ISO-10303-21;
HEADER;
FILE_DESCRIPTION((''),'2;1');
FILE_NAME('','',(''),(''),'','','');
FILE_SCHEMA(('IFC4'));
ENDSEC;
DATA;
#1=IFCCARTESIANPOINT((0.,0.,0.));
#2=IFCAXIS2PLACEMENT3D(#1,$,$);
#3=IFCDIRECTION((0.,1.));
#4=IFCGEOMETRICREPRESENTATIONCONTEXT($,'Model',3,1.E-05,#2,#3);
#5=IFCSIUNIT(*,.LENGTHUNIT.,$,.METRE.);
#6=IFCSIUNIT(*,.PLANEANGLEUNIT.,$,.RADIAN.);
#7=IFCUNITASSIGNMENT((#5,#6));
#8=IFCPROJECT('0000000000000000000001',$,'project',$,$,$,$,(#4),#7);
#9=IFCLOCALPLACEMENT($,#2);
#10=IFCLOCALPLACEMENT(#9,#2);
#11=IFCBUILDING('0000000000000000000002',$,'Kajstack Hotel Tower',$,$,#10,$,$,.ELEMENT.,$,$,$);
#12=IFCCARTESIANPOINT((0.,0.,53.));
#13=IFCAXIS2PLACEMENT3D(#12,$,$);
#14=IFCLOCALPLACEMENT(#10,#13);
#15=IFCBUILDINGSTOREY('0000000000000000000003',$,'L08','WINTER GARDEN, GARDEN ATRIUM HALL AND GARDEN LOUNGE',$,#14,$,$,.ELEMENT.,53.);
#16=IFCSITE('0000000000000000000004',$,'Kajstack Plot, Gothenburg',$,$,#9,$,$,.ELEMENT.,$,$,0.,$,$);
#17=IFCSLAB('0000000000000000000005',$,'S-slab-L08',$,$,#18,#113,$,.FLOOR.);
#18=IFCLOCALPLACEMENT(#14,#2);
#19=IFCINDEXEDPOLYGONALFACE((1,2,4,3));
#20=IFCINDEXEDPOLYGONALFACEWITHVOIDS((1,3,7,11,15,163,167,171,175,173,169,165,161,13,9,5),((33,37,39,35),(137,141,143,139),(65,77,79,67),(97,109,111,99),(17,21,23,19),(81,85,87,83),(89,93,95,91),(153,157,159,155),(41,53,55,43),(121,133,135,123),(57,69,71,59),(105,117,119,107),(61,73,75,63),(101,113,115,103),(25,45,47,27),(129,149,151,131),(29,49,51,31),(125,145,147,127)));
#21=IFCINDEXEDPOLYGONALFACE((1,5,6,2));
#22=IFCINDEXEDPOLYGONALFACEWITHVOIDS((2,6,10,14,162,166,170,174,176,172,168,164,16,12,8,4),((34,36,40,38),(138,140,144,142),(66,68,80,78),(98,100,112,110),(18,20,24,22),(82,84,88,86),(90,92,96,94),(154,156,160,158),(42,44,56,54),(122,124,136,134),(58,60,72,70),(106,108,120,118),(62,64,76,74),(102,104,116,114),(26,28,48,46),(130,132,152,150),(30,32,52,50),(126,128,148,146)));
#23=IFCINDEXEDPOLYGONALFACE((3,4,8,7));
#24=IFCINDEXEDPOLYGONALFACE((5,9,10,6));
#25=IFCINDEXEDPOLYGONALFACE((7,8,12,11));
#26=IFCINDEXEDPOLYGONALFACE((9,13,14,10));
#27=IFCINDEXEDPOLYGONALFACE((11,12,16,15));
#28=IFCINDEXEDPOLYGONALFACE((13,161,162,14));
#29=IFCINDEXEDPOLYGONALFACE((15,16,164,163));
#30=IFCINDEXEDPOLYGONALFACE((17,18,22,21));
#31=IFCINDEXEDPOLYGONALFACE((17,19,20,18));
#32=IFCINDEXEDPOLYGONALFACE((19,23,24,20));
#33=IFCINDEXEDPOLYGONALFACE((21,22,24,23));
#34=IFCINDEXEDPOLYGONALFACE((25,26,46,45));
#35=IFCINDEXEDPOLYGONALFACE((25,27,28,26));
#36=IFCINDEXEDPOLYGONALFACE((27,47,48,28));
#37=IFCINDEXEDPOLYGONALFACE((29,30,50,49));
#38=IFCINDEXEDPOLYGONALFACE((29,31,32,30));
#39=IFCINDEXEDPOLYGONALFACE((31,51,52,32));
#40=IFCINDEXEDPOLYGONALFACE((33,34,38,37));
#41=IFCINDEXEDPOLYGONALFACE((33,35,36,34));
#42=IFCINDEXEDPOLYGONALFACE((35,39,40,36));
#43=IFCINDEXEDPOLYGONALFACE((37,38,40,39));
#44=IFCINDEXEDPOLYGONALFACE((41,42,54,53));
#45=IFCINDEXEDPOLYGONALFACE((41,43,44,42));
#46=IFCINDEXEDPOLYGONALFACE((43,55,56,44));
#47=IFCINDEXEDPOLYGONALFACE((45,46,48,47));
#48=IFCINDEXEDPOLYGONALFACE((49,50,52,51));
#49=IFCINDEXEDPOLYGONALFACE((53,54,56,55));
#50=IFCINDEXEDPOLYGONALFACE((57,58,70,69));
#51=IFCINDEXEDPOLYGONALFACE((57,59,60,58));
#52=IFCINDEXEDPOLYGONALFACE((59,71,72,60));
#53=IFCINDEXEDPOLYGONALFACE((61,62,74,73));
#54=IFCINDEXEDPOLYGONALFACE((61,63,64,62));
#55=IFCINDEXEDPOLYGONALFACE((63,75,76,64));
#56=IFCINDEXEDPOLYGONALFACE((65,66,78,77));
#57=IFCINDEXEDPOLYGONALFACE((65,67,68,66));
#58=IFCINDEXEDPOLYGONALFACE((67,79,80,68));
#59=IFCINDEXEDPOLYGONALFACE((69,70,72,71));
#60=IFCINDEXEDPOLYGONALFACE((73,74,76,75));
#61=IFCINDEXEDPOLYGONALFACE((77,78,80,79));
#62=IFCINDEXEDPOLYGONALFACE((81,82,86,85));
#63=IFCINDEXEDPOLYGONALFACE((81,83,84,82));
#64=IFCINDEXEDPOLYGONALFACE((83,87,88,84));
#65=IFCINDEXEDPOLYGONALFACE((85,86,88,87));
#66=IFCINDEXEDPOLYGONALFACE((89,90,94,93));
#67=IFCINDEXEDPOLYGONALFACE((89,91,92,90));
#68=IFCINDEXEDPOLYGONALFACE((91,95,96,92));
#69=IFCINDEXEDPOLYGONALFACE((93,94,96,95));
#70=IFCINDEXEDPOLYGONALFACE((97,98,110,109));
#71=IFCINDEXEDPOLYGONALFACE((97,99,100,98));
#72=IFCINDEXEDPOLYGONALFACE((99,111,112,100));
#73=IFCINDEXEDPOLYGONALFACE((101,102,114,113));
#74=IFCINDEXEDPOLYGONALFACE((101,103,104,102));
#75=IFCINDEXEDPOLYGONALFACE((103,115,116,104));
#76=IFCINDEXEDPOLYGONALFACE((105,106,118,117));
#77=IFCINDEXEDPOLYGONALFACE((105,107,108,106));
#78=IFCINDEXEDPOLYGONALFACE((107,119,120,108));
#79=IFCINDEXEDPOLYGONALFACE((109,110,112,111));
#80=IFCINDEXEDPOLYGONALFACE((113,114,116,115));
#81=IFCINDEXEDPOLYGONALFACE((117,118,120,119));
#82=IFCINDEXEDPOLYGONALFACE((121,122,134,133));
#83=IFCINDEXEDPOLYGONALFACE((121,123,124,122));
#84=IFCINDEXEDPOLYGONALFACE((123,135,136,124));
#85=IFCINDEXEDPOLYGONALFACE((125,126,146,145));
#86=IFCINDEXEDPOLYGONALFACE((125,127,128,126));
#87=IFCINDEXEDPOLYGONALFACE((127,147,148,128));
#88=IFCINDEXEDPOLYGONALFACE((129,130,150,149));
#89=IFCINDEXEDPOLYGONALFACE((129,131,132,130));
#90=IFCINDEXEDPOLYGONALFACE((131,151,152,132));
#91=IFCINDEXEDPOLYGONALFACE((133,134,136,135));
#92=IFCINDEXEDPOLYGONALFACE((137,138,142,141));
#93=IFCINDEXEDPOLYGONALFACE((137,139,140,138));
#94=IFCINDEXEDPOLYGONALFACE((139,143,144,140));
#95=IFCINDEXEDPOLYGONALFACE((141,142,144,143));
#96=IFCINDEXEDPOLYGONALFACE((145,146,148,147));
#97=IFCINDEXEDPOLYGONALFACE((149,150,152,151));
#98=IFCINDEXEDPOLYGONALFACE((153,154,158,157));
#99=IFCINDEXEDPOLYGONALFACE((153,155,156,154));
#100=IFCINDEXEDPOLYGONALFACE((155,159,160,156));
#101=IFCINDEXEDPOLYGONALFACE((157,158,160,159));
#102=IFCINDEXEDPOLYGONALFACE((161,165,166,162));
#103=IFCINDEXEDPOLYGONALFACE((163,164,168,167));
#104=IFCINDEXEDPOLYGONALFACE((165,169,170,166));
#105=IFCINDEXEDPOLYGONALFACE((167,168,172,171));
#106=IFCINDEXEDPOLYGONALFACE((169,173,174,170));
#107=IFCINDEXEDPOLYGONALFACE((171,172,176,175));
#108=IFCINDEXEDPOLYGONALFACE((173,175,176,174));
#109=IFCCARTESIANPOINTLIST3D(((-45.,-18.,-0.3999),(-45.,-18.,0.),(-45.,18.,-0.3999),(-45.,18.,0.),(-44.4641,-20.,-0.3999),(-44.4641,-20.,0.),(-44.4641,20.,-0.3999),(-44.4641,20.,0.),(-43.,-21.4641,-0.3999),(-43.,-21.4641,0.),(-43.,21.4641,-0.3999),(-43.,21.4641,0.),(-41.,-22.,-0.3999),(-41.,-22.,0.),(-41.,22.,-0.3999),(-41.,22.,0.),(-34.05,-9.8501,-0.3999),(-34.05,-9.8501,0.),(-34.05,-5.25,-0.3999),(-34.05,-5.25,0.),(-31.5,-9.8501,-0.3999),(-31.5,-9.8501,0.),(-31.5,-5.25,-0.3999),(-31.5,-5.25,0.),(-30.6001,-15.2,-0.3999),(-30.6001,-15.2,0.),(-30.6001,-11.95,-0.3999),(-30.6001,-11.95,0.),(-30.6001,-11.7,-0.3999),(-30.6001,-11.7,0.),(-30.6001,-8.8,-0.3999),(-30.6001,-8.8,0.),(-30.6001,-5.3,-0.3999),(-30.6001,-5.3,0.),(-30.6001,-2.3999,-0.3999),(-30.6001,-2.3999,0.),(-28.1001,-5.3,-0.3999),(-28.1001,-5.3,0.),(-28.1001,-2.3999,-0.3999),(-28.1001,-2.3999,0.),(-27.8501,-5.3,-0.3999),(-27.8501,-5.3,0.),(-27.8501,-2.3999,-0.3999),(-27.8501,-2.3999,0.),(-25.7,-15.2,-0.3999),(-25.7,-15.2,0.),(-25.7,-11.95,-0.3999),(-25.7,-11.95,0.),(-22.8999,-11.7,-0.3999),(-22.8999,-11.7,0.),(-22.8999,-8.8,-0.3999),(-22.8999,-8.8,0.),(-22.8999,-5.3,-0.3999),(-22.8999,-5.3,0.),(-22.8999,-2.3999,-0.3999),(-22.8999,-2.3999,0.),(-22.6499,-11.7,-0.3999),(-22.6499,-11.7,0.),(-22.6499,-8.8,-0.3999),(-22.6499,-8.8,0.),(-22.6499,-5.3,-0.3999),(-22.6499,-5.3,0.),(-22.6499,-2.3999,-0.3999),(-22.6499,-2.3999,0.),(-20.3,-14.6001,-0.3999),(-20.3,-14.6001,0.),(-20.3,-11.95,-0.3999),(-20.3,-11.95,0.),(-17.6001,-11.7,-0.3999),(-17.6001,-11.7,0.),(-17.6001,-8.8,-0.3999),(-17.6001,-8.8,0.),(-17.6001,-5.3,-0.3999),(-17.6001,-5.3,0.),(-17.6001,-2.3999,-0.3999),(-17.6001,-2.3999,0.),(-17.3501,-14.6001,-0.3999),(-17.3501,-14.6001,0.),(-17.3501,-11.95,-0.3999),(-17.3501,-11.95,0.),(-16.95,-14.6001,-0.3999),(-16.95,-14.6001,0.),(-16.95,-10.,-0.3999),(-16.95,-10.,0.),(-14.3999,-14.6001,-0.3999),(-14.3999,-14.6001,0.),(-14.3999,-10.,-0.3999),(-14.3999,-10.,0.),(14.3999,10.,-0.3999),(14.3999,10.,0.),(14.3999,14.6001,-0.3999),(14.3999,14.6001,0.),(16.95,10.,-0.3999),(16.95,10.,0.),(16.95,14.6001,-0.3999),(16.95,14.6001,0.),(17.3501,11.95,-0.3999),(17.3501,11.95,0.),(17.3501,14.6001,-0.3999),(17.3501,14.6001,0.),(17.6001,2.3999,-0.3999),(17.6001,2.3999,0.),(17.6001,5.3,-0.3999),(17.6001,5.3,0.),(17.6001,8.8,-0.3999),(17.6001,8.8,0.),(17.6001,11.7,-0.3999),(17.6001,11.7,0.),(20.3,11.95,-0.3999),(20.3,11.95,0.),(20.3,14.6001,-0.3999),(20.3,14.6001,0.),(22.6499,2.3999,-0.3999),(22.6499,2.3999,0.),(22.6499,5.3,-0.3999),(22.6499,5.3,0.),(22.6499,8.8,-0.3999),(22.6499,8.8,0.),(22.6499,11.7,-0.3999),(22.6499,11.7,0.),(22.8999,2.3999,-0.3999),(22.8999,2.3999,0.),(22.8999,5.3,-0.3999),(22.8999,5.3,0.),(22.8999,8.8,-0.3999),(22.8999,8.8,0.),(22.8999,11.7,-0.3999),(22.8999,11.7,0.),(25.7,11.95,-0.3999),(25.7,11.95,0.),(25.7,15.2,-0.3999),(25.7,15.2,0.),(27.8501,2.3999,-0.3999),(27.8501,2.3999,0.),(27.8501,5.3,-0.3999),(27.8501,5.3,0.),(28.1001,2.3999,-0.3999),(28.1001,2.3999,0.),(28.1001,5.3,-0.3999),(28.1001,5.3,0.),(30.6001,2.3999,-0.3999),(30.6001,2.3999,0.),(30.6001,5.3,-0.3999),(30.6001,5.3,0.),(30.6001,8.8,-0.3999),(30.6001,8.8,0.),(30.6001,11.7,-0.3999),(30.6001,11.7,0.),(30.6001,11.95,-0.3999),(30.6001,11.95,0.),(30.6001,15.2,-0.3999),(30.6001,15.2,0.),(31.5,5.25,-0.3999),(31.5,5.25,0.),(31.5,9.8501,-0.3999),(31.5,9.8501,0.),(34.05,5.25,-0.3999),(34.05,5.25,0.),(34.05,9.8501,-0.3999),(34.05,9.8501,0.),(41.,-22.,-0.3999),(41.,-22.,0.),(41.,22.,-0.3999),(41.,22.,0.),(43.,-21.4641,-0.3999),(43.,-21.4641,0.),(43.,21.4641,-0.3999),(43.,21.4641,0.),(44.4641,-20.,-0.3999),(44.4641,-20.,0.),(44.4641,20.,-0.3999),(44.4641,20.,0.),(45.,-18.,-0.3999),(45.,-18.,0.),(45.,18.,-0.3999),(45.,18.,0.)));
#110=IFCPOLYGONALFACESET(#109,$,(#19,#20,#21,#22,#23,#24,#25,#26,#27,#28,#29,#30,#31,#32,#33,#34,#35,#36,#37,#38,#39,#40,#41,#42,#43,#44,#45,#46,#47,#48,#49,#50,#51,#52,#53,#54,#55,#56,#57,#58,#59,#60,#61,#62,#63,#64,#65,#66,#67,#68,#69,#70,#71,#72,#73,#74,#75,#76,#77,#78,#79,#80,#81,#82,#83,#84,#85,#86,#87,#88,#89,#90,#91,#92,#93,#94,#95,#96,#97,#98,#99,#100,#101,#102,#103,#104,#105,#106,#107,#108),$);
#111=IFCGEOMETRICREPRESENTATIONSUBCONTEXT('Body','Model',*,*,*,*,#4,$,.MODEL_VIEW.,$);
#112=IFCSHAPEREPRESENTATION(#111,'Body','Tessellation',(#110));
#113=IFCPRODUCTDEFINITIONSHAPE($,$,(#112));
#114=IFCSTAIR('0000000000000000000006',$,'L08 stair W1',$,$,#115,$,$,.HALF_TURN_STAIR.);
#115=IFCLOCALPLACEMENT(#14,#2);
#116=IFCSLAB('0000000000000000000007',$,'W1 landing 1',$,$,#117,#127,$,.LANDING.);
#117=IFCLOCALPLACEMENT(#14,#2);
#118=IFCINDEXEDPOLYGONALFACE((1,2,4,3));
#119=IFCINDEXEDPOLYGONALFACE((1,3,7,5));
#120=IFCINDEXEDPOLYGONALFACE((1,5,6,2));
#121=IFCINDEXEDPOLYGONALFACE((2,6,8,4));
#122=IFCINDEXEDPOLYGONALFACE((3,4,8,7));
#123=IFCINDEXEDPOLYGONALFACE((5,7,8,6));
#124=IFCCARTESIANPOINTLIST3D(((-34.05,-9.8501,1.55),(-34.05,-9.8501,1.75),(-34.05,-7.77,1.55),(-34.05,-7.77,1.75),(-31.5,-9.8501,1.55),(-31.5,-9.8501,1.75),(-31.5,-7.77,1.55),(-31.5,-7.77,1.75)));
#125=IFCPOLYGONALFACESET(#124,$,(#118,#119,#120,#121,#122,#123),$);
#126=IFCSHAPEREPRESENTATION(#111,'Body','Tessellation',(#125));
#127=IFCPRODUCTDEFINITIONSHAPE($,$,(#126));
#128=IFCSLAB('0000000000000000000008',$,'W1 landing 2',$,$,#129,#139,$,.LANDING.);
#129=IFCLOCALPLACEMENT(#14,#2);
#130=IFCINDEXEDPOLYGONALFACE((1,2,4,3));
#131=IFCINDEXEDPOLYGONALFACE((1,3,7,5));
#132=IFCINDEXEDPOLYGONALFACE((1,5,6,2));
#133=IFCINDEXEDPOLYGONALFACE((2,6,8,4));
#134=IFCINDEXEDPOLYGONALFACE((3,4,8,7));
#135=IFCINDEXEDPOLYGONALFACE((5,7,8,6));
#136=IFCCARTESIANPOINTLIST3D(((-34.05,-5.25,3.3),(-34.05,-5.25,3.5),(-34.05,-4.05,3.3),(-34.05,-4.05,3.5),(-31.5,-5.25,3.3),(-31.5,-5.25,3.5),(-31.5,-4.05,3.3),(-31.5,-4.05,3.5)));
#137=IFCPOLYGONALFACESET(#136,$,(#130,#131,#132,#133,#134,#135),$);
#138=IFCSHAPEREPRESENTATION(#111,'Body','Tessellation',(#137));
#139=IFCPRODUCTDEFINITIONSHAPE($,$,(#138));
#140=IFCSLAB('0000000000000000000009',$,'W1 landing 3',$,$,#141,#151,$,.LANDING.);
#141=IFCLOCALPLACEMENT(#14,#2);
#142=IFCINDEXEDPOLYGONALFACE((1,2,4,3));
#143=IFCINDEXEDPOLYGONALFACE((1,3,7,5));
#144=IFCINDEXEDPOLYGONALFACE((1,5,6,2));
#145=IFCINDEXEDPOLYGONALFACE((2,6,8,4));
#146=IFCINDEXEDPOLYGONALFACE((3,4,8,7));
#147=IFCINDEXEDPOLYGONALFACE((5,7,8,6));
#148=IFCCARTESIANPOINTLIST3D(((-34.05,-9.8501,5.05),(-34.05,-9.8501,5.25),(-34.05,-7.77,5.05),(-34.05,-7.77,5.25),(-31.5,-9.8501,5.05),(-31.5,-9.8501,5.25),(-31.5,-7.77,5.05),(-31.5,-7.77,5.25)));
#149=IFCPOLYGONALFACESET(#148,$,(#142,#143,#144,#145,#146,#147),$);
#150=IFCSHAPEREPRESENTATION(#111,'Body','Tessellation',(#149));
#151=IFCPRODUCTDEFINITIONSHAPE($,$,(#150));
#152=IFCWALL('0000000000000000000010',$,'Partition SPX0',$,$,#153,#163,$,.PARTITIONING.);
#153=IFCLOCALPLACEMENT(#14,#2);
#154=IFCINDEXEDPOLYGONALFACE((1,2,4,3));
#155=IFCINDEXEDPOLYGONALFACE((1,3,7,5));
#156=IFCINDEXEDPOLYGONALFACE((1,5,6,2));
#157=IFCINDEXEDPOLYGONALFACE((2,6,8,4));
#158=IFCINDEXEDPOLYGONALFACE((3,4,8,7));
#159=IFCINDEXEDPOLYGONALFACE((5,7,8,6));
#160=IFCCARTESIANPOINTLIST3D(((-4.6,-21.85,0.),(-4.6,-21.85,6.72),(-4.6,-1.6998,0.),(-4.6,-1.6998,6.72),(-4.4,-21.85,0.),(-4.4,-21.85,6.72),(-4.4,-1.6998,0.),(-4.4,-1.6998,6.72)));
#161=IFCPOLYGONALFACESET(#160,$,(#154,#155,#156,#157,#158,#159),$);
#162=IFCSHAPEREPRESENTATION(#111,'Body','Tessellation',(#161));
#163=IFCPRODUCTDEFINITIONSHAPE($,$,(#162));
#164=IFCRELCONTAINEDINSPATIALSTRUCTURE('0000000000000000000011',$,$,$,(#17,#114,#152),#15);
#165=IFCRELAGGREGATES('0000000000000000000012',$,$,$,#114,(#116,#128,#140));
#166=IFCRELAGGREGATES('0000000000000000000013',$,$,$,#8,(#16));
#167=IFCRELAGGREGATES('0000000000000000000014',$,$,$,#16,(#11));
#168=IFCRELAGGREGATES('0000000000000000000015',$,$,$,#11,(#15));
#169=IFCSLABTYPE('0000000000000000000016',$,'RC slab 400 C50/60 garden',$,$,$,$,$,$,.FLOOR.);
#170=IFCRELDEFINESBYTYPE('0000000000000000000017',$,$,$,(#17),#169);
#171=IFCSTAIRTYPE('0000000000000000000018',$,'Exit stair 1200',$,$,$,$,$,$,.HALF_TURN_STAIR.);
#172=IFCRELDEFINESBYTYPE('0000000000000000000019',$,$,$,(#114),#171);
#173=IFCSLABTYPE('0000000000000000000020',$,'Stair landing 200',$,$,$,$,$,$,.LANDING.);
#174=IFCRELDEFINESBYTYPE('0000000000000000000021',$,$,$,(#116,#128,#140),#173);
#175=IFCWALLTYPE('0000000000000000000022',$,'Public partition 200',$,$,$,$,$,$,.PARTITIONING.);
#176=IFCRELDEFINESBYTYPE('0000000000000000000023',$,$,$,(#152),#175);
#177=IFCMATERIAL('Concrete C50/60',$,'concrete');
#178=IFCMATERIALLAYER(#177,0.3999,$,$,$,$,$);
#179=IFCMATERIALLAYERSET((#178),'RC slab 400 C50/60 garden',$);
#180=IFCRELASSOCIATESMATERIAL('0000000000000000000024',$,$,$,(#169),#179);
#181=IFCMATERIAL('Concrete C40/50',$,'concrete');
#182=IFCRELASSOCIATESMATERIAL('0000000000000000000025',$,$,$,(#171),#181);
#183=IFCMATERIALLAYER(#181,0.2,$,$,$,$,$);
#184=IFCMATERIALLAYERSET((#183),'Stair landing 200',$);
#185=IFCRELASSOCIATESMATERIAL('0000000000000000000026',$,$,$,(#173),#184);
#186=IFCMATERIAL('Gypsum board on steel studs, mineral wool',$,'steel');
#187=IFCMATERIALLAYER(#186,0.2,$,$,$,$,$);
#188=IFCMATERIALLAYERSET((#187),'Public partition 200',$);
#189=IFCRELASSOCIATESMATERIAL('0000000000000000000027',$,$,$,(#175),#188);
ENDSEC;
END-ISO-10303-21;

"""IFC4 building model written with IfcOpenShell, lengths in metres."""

from ifc_helpers import new_model, si_unit, direction, frame, frame_2d, origin, place, context, subcontext, project, spatial, polyline, rectangle, outline, extrude, material, layer, layer_set, type_object, element, aggregate, save


model = new_model("IFC4")

# Units and contexts
model_context = context("Model", 3, precision=1e-05, world=origin(), true_north=direction((0.0, 1.0)))
body_context = subcontext(model_context, "Body", "Model", "MODEL_VIEW")
ifc_project = project(units=[si_unit("LENGTHUNIT", "METRE"), si_unit("PLANEANGLEUNIT", "RADIAN")], contexts=[model_context])

# Site, building, storey
site_placement = place(None, origin())
site = spatial("IfcSite", under=ifc_project, at=site_placement, Name="Kajstack Plot, Gothenburg", CompositionType="ELEMENT", RefElevation=0.0)
building_placement = place(site_placement, origin())
building = spatial("IfcBuilding", under=site, at=building_placement, Name="Kajstack Hotel Tower", CompositionType="ELEMENT")
storey_placement = place(building_placement, frame((0.0, 0.0, 53.0)))
storey = spatial("IfcBuildingStorey", under=building, at=storey_placement, Name="L08", Description="WINTER GARDEN, GARDEN ATRIUM HALL AND GARDEN LOUNGE", CompositionType="ELEMENT", Elevation=53.0)

# Slab
ifc_material_1 = material(Name="Concrete C50/60", Category="concrete")
ifc_layer_1 = layer(ifc_material_1, 0.3999)
ifc_layer_set_1 = layer_set([ifc_layer_1], Name="RC slab 400 C50/60 garden")
slab_type_1 = type_object("IfcSlabType", Name="RC slab 400 C50/60 garden", PredefinedType="FLOOR", material=ifc_layer_set_1)
slab_1_placement = place(storey_placement, frame((0.0, 0.0, -0.3999)))
element("IfcSlab", 1, at=slab_1_placement, inside=storey, type_object=slab_type_1, Name="S-slab-L08", PredefinedType="FLOOR", context=body_context, shape_type="SweptSolid", body=[
    extrude(outline(polyline([(-45.0, -18.0), (-44.4641, -20.0), (-43.0, -21.4641), (-41.0, -22.0), (41.0, -22.0), (43.0, -21.4641), (44.4641, -20.0), (45.0, -18.0), (45.0, 18.0), (44.4641, 20.0), (43.0, 21.4641), (41.0, 22.0), (-41.0, 22.0), (-43.0, 21.4641), (-44.4641, 20.0), (-45.0, 18.0), (-45.0, -18.0)]), holes=[polyline([(-30.6001, -11.7), (-30.6001, -8.8), (-22.8999, -8.8), (-22.8999, -11.7), (-30.6001, -11.7)]), polyline([(-22.6499, -11.7), (-22.6499, -8.8), (-17.6001, -8.8), (-17.6001, -11.7), (-22.6499, -11.7)]), polyline([(-27.8501, -5.3), (-27.8501, -2.3999), (-22.8999, -2.3999), (-22.8999, -5.3), (-27.8501, -5.3)]), polyline([(-22.6499, -5.3), (-22.6499, -2.3999), (-17.6001, -2.3999), (-17.6001, -5.3), (-22.6499, -5.3)]), polyline([(-20.3, -14.6001), (-17.3501, -14.6001), (-17.3501, -11.95), (-20.3, -11.95), (-20.3, -14.6001)]), polyline([(-30.6001, -5.3), (-28.1001, -5.3), (-28.1001, -2.3999), (-30.6001, -2.3999), (-30.6001, -5.3)]), polyline([(22.8999, 8.8), (22.8999, 11.7), (30.6001, 11.7), (30.6001, 8.8), (22.8999, 8.8)]), polyline([(17.6001, 8.8), (17.6001, 11.7), (22.6499, 11.7), (22.6499, 8.8), (17.6001, 8.8)]), polyline([(22.8999, 2.3999), (22.8999, 5.3), (27.8501, 5.3), (27.8501, 2.3999), (22.8999, 2.3999)]), polyline([(17.6001, 2.3999), (17.6001, 5.3), (22.6499, 5.3), (22.6499, 2.3999), (17.6001, 2.3999)]), polyline([(20.3, 14.6001), (17.3501, 14.6001), (17.3501, 11.95), (20.3, 11.95), (20.3, 14.6001)]), polyline([(30.6001, 5.3), (28.1001, 5.3), (28.1001, 2.3999), (30.6001, 2.3999), (30.6001, 5.3)]), polyline([(-34.05, -9.8501), (-31.5, -9.8501), (-31.5, -5.25), (-34.05, -5.25), (-34.05, -9.8501)]), polyline([(-16.95, -14.6001), (-14.3999, -14.6001), (-14.3999, -10.0), (-16.95, -10.0), (-16.95, -14.6001)]), polyline([(-30.6001, -15.2), (-25.7, -15.2), (-25.7, -11.95), (-30.6001, -11.95), (-30.6001, -15.2)]), polyline([(34.05, 9.8501), (31.5, 9.8501), (31.5, 5.25), (34.05, 5.25), (34.05, 9.8501)]), polyline([(16.95, 14.6001), (14.3999, 14.6001), (14.3999, 10.0), (16.95, 10.0), (16.95, 14.6001)]), polyline([(30.6001, 15.2), (25.7, 15.2), (25.7, 11.95), (30.6001, 11.95), (30.6001, 15.2)])]), origin(), (0.0, 0.0, 1.0), 0.3999),
])

# Stair, slabs
ifc_material_2 = material(Name="Concrete C40/50", Category="concrete")
stair_type = type_object("IfcStairType", Name="Exit stair 1200", PredefinedType="HALF_TURN_STAIR", material=ifc_material_2)
stair_placement = place(storey_placement, origin())
stair = element("IfcStair", 2, at=stair_placement, inside=storey, type_object=stair_type, Name="L08 stair W1", PredefinedType="HALF_TURN_STAIR")
ifc_layer_2 = layer(ifc_material_2, 0.2)
ifc_layer_set_2 = layer_set([ifc_layer_2], Name="Stair landing 200")
slab_type_2 = type_object("IfcSlabType", Name="Stair landing 200", PredefinedType="LANDING", material=ifc_layer_set_2)
slab_2_placement = place(storey_placement, frame((0.0, 0.0, 1.55)))
slab_2 = element("IfcSlab", 3, at=slab_2_placement, type_object=slab_type_2, Name="W1 landing 1", PredefinedType="LANDING", context=body_context, shape_type="SweptSolid", body=[
    extrude(outline(polyline([(-34.05, -7.77), (-34.05, -9.8501), (-31.5, -9.8501), (-31.5, -7.77), (-34.05, -7.77)])), origin(), (0.0, 0.0, 1.0), 0.2),
])
slab_3_placement = place(storey_placement, frame((0.0, 0.0, 3.3)))
slab_3 = element("IfcSlab", 4, at=slab_3_placement, type_object=slab_type_2, Name="W1 landing 2", PredefinedType="LANDING", context=body_context, shape_type="SweptSolid", body=[
    extrude(outline(polyline([(-34.05, -4.05), (-34.05, -5.25), (-31.5, -5.25), (-31.5, -4.05), (-34.05, -4.05)])), origin(), (0.0, 0.0, 1.0), 0.2),
])
slab_4_placement = place(storey_placement, frame((0.0, 0.0, 5.05)))
slab_4 = element("IfcSlab", 5, at=slab_4_placement, type_object=slab_type_2, Name="W1 landing 3", PredefinedType="LANDING", context=body_context, shape_type="SweptSolid", body=[
    extrude(outline(polyline([(-34.05, -7.77), (-34.05, -9.8501), (-31.5, -9.8501), (-31.5, -7.77), (-34.05, -7.77)])), origin(), (0.0, 0.0, 1.0), 0.2),
])
aggregate(stair, [slab_2, slab_3, slab_4])

# Wall
ifc_material_3 = material(Name="Gypsum board on steel studs, mineral wool", Category="steel")
ifc_layer_3 = layer(ifc_material_3, 0.2)
ifc_layer_set_3 = layer_set([ifc_layer_3], Name="Public partition 200")
wall_type = type_object("IfcWallType", Name="Public partition 200", PredefinedType="PARTITIONING", material=ifc_layer_set_3)
wall_1_placement = place(storey_placement, frame((-4.5, -21.8501, 0.0), z_axis=(0.0, 0.0, 1.0), x_axis=(0.0, 1.0, 0.0)))
element("IfcWall", 6, at=wall_1_placement, inside=storey, type_object=wall_type, Name="Partition SPX0", PredefinedType="PARTITIONING", context=body_context, shape_type="SweptSolid", body=[
    extrude(rectangle(XDim=20.1501, YDim=0.2, at=frame_2d((10.0752, 0.0))), origin(), (0.0, 0.0, 1.0), 6.72),
])

save(model, "model.ifc")
